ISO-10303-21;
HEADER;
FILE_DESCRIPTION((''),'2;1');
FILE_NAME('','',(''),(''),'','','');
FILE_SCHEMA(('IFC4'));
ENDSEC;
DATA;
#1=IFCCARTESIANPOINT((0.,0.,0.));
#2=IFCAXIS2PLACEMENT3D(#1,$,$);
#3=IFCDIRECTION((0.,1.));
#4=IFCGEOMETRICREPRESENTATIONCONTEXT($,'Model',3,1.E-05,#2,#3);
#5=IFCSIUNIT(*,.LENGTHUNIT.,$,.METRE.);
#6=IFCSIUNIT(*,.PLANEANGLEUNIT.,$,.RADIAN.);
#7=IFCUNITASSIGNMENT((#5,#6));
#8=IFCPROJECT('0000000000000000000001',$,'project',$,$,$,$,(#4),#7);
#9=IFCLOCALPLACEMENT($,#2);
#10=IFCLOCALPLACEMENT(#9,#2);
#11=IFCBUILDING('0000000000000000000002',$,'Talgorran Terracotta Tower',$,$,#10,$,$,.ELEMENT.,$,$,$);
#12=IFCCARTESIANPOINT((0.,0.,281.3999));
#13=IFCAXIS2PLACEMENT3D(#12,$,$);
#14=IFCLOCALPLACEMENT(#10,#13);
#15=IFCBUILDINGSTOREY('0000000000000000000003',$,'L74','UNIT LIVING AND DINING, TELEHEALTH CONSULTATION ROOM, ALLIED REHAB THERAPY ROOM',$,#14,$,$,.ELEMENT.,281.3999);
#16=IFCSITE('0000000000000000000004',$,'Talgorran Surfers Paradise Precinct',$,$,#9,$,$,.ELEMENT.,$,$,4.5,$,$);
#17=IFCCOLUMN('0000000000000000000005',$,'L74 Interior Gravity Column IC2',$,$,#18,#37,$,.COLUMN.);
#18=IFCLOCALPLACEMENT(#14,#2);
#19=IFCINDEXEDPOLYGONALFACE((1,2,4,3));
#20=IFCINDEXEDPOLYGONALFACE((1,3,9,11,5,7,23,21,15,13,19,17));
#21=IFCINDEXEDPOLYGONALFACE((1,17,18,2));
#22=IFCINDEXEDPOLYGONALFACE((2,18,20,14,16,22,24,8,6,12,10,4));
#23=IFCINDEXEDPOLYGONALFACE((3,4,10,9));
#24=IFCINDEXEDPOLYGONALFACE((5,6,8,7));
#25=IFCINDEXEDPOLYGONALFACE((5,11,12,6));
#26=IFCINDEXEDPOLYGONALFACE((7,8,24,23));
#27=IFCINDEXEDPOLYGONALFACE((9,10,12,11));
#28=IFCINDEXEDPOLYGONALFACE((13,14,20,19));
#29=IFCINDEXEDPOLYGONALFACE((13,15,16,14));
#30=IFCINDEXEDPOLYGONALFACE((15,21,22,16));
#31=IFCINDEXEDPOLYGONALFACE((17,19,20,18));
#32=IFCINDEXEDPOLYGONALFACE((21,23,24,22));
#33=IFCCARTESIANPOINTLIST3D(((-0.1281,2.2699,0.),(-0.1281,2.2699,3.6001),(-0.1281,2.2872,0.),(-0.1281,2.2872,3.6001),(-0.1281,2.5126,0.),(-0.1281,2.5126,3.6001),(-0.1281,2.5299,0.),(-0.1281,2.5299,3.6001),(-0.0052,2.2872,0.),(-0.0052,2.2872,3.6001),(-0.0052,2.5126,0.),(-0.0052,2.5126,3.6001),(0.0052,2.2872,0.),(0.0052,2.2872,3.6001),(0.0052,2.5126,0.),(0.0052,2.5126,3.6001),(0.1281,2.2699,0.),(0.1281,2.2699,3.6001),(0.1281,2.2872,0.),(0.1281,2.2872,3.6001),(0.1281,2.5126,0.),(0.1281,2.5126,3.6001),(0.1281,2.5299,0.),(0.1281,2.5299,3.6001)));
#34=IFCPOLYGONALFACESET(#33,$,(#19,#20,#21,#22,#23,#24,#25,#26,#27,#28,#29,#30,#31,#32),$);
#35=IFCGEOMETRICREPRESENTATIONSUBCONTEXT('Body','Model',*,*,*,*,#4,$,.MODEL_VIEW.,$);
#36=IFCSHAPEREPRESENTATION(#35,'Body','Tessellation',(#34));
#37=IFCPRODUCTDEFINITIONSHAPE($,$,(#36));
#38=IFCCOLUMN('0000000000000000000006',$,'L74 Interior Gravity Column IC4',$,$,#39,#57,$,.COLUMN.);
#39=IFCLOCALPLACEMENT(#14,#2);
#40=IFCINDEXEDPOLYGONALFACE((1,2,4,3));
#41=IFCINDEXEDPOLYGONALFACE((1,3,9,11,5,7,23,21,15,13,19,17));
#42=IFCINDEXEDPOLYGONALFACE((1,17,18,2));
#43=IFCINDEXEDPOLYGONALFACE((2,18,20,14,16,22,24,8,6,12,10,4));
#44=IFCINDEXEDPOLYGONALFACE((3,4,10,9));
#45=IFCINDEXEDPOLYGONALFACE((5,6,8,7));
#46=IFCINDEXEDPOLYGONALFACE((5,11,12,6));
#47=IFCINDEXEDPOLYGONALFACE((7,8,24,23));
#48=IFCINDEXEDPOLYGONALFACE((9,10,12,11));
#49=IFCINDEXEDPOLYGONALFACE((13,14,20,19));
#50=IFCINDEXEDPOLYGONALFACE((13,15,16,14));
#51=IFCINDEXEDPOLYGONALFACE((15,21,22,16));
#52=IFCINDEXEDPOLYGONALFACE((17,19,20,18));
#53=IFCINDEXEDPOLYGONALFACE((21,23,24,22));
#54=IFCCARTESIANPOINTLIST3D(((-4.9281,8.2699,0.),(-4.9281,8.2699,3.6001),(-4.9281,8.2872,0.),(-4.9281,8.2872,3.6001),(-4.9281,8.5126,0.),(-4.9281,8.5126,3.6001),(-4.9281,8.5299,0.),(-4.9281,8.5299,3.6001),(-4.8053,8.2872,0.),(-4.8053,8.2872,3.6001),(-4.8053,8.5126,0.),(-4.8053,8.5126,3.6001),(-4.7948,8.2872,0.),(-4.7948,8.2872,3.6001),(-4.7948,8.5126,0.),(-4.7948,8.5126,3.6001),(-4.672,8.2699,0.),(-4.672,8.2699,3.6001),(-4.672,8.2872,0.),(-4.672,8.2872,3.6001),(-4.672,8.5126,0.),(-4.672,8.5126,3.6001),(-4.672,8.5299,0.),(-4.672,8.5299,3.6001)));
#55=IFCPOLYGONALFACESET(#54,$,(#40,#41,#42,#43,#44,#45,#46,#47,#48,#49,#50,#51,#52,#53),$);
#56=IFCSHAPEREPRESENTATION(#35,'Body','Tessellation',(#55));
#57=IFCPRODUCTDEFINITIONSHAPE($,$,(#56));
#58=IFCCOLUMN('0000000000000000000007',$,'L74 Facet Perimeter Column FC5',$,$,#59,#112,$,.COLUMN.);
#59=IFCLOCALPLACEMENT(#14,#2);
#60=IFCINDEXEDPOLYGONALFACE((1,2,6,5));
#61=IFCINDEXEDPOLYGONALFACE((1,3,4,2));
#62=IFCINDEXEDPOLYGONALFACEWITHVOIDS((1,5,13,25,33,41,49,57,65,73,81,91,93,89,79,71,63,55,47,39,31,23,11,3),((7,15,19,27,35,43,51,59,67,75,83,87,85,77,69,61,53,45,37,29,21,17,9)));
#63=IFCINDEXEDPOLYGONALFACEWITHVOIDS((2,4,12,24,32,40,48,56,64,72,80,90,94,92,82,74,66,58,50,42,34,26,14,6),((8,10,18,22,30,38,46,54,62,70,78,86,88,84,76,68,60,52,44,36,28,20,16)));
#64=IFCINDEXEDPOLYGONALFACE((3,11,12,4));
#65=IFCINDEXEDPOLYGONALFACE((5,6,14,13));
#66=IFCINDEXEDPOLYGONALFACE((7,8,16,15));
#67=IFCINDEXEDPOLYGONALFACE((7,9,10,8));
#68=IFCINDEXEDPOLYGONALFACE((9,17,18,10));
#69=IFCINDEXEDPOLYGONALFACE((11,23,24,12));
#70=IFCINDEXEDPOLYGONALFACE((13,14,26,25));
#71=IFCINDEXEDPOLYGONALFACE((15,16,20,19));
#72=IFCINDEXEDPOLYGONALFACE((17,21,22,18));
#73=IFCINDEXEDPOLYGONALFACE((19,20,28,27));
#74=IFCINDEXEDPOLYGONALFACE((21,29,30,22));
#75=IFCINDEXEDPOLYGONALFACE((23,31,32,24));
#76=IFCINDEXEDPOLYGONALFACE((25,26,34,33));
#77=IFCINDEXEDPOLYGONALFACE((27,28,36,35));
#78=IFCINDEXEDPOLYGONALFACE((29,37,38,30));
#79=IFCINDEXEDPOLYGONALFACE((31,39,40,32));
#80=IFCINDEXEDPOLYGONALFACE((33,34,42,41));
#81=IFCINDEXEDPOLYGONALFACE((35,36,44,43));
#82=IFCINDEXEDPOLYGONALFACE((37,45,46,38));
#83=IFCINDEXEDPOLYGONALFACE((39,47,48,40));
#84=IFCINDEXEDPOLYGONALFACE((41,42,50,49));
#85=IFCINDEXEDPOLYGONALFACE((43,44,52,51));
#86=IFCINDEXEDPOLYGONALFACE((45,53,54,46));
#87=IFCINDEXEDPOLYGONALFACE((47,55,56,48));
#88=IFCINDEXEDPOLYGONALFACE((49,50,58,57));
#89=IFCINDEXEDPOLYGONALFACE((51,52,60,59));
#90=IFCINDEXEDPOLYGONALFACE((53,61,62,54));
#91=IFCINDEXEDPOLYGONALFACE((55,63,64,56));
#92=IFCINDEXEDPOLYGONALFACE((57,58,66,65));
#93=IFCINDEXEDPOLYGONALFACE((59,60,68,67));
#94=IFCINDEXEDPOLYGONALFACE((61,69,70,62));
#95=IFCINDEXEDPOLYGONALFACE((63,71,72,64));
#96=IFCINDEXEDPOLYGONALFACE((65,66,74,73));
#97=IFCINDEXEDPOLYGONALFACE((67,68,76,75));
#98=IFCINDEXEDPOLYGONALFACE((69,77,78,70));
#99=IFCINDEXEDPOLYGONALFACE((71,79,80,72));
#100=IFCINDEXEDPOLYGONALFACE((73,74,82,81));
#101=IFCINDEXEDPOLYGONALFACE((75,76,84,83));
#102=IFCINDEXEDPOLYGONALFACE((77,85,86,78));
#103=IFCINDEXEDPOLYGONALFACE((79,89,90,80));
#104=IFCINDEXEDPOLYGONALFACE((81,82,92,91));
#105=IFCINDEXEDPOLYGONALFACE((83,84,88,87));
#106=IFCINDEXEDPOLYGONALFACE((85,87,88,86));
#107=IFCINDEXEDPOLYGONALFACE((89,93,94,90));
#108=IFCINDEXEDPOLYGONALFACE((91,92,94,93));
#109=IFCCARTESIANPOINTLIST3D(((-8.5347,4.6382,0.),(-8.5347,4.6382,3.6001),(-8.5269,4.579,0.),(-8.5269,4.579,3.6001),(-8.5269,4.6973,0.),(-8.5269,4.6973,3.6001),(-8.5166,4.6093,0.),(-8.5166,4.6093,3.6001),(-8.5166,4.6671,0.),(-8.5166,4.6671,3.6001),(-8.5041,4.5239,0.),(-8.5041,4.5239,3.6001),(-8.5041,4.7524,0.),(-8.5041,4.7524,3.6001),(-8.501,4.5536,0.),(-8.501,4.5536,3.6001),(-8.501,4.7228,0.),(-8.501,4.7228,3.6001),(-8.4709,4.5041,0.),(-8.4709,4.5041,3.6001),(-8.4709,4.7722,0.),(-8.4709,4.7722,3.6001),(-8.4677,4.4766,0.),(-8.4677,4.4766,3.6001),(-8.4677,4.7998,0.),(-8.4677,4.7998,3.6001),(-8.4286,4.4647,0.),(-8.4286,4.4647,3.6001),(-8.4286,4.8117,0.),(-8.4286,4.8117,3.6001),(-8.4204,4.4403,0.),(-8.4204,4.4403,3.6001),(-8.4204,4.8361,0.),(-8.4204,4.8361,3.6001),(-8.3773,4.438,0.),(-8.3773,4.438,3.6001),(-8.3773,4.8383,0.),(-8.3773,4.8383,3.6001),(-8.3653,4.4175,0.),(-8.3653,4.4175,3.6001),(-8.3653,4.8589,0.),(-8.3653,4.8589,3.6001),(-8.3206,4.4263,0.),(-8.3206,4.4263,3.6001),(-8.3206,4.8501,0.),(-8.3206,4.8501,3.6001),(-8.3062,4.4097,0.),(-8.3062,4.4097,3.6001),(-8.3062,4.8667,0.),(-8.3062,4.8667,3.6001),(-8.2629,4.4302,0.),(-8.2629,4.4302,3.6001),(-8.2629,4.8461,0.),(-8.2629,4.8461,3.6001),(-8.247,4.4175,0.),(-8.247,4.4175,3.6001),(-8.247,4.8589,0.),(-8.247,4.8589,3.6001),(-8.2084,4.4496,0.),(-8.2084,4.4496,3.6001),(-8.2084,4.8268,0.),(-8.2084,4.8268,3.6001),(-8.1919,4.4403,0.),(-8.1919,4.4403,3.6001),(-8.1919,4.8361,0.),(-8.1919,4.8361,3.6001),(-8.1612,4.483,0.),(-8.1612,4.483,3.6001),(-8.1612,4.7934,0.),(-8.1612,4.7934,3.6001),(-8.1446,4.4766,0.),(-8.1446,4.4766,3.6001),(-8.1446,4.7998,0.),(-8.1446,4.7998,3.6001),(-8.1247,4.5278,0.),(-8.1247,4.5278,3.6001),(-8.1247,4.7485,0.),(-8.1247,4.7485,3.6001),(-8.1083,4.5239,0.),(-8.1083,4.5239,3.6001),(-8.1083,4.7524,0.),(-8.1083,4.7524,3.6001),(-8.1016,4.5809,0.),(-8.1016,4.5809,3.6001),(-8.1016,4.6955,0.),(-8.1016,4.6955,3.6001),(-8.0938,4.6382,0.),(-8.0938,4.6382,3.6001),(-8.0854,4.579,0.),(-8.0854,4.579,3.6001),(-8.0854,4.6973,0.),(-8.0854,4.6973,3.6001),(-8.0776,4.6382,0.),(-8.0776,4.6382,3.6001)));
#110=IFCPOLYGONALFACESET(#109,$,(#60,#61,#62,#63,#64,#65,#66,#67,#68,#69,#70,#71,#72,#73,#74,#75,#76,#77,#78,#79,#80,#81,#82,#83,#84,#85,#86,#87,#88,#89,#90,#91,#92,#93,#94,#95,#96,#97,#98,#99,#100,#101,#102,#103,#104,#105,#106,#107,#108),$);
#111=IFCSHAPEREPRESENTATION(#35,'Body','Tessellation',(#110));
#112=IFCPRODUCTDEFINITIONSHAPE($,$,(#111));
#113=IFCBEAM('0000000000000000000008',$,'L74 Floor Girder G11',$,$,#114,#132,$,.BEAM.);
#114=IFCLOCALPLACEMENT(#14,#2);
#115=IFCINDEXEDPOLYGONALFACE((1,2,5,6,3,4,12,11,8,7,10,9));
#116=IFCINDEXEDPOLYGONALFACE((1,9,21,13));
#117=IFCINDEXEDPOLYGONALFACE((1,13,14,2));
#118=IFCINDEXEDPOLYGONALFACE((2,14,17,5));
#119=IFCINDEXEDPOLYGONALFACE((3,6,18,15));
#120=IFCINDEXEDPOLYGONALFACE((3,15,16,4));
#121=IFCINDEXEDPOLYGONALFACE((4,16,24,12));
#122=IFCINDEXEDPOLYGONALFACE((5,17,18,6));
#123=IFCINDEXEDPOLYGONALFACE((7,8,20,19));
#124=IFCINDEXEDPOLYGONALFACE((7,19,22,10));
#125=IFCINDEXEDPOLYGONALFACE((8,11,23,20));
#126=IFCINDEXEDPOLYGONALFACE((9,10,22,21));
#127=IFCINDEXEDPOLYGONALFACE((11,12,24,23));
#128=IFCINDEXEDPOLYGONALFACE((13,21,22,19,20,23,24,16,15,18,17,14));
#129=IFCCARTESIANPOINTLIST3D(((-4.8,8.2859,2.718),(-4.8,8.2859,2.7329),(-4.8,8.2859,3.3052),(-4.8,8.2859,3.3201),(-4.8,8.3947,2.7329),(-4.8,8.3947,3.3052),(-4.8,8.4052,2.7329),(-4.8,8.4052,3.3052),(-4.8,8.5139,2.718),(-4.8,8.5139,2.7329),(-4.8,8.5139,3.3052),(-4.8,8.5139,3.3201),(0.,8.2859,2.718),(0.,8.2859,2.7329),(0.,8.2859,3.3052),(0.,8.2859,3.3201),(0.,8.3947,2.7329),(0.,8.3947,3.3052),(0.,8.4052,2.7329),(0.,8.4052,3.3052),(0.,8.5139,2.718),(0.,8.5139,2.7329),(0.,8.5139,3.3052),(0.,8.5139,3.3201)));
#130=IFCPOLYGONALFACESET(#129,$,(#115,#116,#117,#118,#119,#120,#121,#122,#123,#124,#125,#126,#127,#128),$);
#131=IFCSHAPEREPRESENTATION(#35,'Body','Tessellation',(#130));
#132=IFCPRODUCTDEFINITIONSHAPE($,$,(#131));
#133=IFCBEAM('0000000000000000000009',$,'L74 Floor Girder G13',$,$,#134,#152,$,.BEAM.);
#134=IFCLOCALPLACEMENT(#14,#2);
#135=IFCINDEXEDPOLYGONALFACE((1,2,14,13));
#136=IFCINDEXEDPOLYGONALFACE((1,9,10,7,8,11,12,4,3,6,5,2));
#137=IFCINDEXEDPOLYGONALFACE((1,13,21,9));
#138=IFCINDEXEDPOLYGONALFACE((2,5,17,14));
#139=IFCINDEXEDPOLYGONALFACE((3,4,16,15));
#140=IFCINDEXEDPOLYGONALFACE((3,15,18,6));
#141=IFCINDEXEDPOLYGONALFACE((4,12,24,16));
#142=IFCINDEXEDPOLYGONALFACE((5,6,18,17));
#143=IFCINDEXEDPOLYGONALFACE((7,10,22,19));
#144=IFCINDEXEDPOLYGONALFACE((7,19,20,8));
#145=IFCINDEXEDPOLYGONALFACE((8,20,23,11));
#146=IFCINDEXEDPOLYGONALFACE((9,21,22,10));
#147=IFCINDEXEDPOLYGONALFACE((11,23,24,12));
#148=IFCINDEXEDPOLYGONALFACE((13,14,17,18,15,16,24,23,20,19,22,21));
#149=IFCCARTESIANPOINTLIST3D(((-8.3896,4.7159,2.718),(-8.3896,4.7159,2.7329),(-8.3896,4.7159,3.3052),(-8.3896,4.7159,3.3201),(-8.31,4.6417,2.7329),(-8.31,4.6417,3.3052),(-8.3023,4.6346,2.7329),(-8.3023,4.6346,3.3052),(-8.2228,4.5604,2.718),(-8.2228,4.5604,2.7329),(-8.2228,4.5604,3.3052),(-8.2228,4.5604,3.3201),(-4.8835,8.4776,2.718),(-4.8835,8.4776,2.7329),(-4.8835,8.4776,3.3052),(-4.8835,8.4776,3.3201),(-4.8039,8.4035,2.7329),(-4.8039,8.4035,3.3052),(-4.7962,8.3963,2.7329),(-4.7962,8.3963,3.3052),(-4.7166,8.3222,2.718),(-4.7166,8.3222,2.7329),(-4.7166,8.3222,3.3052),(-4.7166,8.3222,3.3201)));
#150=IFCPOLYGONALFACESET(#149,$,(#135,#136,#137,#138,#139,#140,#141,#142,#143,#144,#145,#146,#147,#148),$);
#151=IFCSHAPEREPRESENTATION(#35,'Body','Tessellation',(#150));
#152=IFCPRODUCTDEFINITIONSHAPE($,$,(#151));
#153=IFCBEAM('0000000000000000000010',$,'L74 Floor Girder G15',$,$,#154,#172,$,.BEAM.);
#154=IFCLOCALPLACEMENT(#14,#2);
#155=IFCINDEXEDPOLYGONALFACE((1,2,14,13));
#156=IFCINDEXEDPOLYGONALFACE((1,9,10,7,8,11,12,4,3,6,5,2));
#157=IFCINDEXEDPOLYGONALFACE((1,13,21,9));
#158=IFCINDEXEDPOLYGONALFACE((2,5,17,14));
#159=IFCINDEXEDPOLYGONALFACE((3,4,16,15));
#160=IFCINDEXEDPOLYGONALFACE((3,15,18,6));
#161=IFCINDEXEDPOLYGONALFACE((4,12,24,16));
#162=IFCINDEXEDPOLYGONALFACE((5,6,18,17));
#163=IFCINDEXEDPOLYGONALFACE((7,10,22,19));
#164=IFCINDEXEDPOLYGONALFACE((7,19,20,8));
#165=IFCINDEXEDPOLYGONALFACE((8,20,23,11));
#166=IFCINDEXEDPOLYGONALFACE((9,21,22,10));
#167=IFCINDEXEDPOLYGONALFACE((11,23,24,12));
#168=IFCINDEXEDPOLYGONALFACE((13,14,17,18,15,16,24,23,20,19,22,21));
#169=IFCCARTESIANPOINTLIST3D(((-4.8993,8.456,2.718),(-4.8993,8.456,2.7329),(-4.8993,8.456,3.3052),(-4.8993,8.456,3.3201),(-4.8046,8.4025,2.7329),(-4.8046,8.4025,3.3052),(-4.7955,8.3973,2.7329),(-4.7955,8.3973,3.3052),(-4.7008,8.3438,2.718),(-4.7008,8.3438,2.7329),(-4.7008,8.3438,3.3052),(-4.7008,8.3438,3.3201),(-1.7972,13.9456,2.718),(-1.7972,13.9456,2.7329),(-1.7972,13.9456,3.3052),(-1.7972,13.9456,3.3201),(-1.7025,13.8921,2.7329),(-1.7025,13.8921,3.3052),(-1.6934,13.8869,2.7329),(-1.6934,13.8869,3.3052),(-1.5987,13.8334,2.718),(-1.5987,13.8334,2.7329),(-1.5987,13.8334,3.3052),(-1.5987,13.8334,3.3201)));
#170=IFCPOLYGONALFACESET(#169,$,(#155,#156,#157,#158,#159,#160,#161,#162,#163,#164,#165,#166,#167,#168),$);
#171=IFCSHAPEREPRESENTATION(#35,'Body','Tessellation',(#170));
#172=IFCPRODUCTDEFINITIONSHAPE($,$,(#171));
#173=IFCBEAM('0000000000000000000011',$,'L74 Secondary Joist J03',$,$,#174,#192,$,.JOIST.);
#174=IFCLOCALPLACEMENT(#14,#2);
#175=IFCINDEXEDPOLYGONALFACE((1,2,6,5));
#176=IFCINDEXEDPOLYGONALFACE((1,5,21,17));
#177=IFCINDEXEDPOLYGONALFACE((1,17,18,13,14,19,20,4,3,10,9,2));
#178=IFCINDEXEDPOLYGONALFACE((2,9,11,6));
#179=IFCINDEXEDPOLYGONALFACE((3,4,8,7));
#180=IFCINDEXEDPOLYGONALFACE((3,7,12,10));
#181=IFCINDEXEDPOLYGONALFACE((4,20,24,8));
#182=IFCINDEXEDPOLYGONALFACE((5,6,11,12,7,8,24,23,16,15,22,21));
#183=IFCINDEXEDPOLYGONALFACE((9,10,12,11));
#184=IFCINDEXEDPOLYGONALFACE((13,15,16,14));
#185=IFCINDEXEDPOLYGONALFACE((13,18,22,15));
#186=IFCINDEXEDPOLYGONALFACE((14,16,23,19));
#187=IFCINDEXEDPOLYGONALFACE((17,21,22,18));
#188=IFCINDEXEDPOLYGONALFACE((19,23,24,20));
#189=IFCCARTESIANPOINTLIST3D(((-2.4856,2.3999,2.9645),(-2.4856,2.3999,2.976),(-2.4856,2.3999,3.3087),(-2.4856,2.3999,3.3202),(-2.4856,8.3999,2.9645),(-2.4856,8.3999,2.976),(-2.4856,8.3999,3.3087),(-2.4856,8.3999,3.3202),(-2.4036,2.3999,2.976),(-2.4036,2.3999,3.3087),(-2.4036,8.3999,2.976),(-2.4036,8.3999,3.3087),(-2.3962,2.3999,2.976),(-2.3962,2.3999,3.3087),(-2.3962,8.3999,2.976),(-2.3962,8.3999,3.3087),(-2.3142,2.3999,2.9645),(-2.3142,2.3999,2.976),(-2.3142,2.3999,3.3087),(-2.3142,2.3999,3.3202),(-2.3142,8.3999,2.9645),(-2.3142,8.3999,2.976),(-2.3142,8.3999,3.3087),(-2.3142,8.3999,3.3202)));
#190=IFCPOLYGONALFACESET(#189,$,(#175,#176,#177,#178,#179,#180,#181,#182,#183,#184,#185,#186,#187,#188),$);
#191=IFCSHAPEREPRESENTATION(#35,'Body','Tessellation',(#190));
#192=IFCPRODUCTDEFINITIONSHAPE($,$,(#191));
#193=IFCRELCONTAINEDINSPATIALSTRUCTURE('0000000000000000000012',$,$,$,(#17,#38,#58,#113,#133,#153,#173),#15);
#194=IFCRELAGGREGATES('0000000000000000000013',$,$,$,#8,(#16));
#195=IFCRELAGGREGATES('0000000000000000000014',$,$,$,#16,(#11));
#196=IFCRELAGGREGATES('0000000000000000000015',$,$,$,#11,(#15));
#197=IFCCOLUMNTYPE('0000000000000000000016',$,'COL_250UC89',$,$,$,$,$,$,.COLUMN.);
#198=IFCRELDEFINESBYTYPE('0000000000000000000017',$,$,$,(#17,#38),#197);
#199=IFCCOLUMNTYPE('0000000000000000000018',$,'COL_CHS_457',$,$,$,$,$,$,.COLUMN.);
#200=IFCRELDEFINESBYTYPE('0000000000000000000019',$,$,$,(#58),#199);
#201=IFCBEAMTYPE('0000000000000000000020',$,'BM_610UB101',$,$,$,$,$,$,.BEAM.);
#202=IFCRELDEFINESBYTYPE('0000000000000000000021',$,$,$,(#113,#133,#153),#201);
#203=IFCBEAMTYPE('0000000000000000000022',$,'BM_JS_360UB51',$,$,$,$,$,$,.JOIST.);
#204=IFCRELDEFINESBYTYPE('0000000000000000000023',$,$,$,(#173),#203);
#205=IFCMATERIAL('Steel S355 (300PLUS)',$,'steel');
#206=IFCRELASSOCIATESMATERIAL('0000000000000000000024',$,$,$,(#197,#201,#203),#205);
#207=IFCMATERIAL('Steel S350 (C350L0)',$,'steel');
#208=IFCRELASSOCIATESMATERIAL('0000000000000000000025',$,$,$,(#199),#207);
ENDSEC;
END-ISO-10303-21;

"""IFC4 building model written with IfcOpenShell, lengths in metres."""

from ifc_helpers import new_model, si_unit, direction, frame, origin, origin_2d, place, context, subcontext, project, spatial, hollow_circle, i_section, extrude, material, material_profile, profile_set, type_object, element, save


model = new_model("IFC4")

# Units and contexts
model_context = context("Model", 3, precision=1e-05, world=origin(), true_north=direction((0.0, 1.0)))
body_context = subcontext(model_context, "Body", "Model", "MODEL_VIEW")
ifc_project = project(units=[si_unit("LENGTHUNIT", "METRE"), si_unit("PLANEANGLEUNIT", "RADIAN")], contexts=[model_context])

# Site, building, storey
site_placement = place(None, origin())
site = spatial("IfcSite", under=ifc_project, at=site_placement, Name="Talgorran Surfers Paradise Precinct", CompositionType="ELEMENT", RefElevation=4.5)
building_placement = place(site_placement, origin())
building = spatial("IfcBuilding", under=site, at=building_placement, Name="Talgorran Terracotta Tower", CompositionType="ELEMENT")
storey_placement = place(building_placement, frame((0.0, 0.0, 281.3999)))
storey = spatial("IfcBuildingStorey", under=building, at=storey_placement, Name="L74", Description="UNIT LIVING AND DINING, TELEHEALTH CONSULTATION ROOM, ALLIED REHAB THERAPY ROOM", CompositionType="ELEMENT", Elevation=281.3999)

# Columns
ifc_material_1 = material(Name="Steel S355 (300PLUS)", Category="steel")
ifc_material_profile_1 = material_profile(ifc_material_1, i_section(OverallWidth=0.2561, OverallDepth=0.26, WebThickness=0.0105, FlangeThickness=0.0173, at=origin_2d()), Name="250UC89.5")
ifc_profile_set_1 = profile_set([ifc_material_profile_1], Name="Steel S355 (300PLUS)")
column_type_1 = type_object("IfcColumnType", Name="COL_250UC89", PredefinedType="COLUMN", material=ifc_profile_set_1)
for number, where, z_axis, x_axis, name in (
    (1, (0.0, 2.3999, 0.0), (0.0, 0.0, 1.0), (1.0, 0.0, 0.0), "L74 Interior Gravity Column IC2"),
    (2, (-4.8, 8.3999, 0.0), (0.0, 0.0, 1.0), (1.0, 0.0, 0.0), "L74 Interior Gravity Column IC4"),
):
    element("IfcColumn", number, at=place(storey_placement, frame(where, z_axis=z_axis, x_axis=x_axis)), inside=storey, type_object=column_type_1, Name=name, PredefinedType="COLUMN", context=body_context, shape_type="SweptSolid", body=[
        extrude(i_section(OverallWidth=0.2561, OverallDepth=0.26, WebThickness=0.0105, FlangeThickness=0.0173, at=origin_2d()), origin(), (0.0, 0.0, 1.0), 3.6001),
    ])
ifc_material_2 = material(Name="Steel S350 (C350L0)", Category="steel")
ifc_material_profile_2 = material_profile(ifc_material_2, hollow_circle(Radius=0.2285, WallThickness=0.0161, at=origin_2d()), Name="CHS457X16")
ifc_profile_set_2 = profile_set([ifc_material_profile_2], Name="Steel S350 (C350L0)")
column_type_2 = type_object("IfcColumnType", Name="COL_CHS_457", PredefinedType="COLUMN", material=ifc_profile_set_2)
column_placement = place(storey_placement, frame((-8.3062, 4.6382, 0.0), z_axis=(0.0, 0.0, 1.0), x_axis=(1.0, 0.0, 0.0)))
element("IfcColumn", 3, at=column_placement, inside=storey, type_object=column_type_2, Name="L74 Facet Perimeter Column FC5", PredefinedType="COLUMN", context=body_context, shape_type="SweptSolid", body=[
    extrude(hollow_circle(Radius=0.2285, WallThickness=0.0161, at=origin_2d()), origin(), (0.0, 0.0, 1.0), 3.6001),
])

# Beams
ifc_material_profile_3 = material_profile(ifc_material_1, i_section(OverallWidth=0.228, OverallDepth=0.6021, WebThickness=0.0105, FlangeThickness=0.0149, at=origin_2d()), Name="610UB101")
ifc_profile_set_3 = profile_set([ifc_material_profile_3], Name="Steel S355 (300PLUS)")
beam_type_1 = type_object("IfcBeamType", Name="BM_610UB101", PredefinedType="BEAM", material=ifc_profile_set_3)
beam_1_placement = place(storey_placement, frame((-4.8, 8.3999, 3.019), z_axis=(1.0, 0.0, 0.0), x_axis=(0.0, 1.0, 0.0)))
element("IfcBeam", 4, at=beam_1_placement, inside=storey, type_object=beam_type_1, Name="L74 Floor Girder G11", PredefinedType="BEAM", context=body_context, shape_type="SweptSolid", body=[
    extrude(i_section(OverallWidth=0.228, OverallDepth=0.6021, WebThickness=0.0105, FlangeThickness=0.0149, at=origin_2d()), origin(), (0.0, 0.0, 1.0), 4.8),
])
beam_2_placement = place(storey_placement, frame((-4.8, 8.3999, 3.019), z_axis=(-0.681816, -0.731524, 0.0), x_axis=(0.731524, -0.681816, 0.0)))
element("IfcBeam", 5, at=beam_2_placement, inside=storey, type_object=beam_type_1, Name="L74 Floor Girder G13", PredefinedType="BEAM", context=body_context, shape_type="SweptSolid", body=[
    extrude(i_section(OverallWidth=0.228, OverallDepth=0.6021, WebThickness=0.0105, FlangeThickness=0.0149, at=origin_2d()), origin(), (0.0, 0.0, 1.0), 5.1423),
])
beam_3_placement = place(storey_placement, frame((-4.8, 8.3999, 3.019), z_axis=(0.491972, 0.870611, 0.0), x_axis=(-0.870611, 0.491972, 0.0)))
element("IfcBeam", 6, at=beam_3_placement, inside=storey, type_object=beam_type_1, Name="L74 Floor Girder G15", PredefinedType="BEAM", context=body_context, shape_type="SweptSolid", body=[
    extrude(i_section(OverallWidth=0.228, OverallDepth=0.6021, WebThickness=0.0105, FlangeThickness=0.0149, at=origin_2d()), origin(), (0.0, 0.0, 1.0), 6.3054),
])
ifc_material_profile_4 = material_profile(ifc_material_1, i_section(OverallWidth=0.1714, OverallDepth=0.3557, WebThickness=0.0073, FlangeThickness=0.0115, at=origin_2d()), Name="360UB50.7")
ifc_profile_set_4 = profile_set([ifc_material_profile_4], Name="Steel S355 (300PLUS)")
beam_type_2 = type_object("IfcBeamType", Name="BM_JS_360UB51", PredefinedType="JOIST", material=ifc_profile_set_4)
beam_4_placement = place(storey_placement, frame((-2.3999, 2.3999, 3.1423), z_axis=(0.0, 1.0, 0.0), x_axis=(-1.0, 0.0, 0.0)))
element("IfcBeam", 7, at=beam_4_placement, inside=storey, type_object=beam_type_2, Name="L74 Secondary Joist J03", PredefinedType="JOIST", context=body_context, shape_type="SweptSolid", body=[
    extrude(i_section(OverallWidth=0.1714, OverallDepth=0.3557, WebThickness=0.0073, FlangeThickness=0.0115, at=origin_2d()), origin(), (0.0, 0.0, 1.0), 6.0),
])

save(model, "model.ifc")
